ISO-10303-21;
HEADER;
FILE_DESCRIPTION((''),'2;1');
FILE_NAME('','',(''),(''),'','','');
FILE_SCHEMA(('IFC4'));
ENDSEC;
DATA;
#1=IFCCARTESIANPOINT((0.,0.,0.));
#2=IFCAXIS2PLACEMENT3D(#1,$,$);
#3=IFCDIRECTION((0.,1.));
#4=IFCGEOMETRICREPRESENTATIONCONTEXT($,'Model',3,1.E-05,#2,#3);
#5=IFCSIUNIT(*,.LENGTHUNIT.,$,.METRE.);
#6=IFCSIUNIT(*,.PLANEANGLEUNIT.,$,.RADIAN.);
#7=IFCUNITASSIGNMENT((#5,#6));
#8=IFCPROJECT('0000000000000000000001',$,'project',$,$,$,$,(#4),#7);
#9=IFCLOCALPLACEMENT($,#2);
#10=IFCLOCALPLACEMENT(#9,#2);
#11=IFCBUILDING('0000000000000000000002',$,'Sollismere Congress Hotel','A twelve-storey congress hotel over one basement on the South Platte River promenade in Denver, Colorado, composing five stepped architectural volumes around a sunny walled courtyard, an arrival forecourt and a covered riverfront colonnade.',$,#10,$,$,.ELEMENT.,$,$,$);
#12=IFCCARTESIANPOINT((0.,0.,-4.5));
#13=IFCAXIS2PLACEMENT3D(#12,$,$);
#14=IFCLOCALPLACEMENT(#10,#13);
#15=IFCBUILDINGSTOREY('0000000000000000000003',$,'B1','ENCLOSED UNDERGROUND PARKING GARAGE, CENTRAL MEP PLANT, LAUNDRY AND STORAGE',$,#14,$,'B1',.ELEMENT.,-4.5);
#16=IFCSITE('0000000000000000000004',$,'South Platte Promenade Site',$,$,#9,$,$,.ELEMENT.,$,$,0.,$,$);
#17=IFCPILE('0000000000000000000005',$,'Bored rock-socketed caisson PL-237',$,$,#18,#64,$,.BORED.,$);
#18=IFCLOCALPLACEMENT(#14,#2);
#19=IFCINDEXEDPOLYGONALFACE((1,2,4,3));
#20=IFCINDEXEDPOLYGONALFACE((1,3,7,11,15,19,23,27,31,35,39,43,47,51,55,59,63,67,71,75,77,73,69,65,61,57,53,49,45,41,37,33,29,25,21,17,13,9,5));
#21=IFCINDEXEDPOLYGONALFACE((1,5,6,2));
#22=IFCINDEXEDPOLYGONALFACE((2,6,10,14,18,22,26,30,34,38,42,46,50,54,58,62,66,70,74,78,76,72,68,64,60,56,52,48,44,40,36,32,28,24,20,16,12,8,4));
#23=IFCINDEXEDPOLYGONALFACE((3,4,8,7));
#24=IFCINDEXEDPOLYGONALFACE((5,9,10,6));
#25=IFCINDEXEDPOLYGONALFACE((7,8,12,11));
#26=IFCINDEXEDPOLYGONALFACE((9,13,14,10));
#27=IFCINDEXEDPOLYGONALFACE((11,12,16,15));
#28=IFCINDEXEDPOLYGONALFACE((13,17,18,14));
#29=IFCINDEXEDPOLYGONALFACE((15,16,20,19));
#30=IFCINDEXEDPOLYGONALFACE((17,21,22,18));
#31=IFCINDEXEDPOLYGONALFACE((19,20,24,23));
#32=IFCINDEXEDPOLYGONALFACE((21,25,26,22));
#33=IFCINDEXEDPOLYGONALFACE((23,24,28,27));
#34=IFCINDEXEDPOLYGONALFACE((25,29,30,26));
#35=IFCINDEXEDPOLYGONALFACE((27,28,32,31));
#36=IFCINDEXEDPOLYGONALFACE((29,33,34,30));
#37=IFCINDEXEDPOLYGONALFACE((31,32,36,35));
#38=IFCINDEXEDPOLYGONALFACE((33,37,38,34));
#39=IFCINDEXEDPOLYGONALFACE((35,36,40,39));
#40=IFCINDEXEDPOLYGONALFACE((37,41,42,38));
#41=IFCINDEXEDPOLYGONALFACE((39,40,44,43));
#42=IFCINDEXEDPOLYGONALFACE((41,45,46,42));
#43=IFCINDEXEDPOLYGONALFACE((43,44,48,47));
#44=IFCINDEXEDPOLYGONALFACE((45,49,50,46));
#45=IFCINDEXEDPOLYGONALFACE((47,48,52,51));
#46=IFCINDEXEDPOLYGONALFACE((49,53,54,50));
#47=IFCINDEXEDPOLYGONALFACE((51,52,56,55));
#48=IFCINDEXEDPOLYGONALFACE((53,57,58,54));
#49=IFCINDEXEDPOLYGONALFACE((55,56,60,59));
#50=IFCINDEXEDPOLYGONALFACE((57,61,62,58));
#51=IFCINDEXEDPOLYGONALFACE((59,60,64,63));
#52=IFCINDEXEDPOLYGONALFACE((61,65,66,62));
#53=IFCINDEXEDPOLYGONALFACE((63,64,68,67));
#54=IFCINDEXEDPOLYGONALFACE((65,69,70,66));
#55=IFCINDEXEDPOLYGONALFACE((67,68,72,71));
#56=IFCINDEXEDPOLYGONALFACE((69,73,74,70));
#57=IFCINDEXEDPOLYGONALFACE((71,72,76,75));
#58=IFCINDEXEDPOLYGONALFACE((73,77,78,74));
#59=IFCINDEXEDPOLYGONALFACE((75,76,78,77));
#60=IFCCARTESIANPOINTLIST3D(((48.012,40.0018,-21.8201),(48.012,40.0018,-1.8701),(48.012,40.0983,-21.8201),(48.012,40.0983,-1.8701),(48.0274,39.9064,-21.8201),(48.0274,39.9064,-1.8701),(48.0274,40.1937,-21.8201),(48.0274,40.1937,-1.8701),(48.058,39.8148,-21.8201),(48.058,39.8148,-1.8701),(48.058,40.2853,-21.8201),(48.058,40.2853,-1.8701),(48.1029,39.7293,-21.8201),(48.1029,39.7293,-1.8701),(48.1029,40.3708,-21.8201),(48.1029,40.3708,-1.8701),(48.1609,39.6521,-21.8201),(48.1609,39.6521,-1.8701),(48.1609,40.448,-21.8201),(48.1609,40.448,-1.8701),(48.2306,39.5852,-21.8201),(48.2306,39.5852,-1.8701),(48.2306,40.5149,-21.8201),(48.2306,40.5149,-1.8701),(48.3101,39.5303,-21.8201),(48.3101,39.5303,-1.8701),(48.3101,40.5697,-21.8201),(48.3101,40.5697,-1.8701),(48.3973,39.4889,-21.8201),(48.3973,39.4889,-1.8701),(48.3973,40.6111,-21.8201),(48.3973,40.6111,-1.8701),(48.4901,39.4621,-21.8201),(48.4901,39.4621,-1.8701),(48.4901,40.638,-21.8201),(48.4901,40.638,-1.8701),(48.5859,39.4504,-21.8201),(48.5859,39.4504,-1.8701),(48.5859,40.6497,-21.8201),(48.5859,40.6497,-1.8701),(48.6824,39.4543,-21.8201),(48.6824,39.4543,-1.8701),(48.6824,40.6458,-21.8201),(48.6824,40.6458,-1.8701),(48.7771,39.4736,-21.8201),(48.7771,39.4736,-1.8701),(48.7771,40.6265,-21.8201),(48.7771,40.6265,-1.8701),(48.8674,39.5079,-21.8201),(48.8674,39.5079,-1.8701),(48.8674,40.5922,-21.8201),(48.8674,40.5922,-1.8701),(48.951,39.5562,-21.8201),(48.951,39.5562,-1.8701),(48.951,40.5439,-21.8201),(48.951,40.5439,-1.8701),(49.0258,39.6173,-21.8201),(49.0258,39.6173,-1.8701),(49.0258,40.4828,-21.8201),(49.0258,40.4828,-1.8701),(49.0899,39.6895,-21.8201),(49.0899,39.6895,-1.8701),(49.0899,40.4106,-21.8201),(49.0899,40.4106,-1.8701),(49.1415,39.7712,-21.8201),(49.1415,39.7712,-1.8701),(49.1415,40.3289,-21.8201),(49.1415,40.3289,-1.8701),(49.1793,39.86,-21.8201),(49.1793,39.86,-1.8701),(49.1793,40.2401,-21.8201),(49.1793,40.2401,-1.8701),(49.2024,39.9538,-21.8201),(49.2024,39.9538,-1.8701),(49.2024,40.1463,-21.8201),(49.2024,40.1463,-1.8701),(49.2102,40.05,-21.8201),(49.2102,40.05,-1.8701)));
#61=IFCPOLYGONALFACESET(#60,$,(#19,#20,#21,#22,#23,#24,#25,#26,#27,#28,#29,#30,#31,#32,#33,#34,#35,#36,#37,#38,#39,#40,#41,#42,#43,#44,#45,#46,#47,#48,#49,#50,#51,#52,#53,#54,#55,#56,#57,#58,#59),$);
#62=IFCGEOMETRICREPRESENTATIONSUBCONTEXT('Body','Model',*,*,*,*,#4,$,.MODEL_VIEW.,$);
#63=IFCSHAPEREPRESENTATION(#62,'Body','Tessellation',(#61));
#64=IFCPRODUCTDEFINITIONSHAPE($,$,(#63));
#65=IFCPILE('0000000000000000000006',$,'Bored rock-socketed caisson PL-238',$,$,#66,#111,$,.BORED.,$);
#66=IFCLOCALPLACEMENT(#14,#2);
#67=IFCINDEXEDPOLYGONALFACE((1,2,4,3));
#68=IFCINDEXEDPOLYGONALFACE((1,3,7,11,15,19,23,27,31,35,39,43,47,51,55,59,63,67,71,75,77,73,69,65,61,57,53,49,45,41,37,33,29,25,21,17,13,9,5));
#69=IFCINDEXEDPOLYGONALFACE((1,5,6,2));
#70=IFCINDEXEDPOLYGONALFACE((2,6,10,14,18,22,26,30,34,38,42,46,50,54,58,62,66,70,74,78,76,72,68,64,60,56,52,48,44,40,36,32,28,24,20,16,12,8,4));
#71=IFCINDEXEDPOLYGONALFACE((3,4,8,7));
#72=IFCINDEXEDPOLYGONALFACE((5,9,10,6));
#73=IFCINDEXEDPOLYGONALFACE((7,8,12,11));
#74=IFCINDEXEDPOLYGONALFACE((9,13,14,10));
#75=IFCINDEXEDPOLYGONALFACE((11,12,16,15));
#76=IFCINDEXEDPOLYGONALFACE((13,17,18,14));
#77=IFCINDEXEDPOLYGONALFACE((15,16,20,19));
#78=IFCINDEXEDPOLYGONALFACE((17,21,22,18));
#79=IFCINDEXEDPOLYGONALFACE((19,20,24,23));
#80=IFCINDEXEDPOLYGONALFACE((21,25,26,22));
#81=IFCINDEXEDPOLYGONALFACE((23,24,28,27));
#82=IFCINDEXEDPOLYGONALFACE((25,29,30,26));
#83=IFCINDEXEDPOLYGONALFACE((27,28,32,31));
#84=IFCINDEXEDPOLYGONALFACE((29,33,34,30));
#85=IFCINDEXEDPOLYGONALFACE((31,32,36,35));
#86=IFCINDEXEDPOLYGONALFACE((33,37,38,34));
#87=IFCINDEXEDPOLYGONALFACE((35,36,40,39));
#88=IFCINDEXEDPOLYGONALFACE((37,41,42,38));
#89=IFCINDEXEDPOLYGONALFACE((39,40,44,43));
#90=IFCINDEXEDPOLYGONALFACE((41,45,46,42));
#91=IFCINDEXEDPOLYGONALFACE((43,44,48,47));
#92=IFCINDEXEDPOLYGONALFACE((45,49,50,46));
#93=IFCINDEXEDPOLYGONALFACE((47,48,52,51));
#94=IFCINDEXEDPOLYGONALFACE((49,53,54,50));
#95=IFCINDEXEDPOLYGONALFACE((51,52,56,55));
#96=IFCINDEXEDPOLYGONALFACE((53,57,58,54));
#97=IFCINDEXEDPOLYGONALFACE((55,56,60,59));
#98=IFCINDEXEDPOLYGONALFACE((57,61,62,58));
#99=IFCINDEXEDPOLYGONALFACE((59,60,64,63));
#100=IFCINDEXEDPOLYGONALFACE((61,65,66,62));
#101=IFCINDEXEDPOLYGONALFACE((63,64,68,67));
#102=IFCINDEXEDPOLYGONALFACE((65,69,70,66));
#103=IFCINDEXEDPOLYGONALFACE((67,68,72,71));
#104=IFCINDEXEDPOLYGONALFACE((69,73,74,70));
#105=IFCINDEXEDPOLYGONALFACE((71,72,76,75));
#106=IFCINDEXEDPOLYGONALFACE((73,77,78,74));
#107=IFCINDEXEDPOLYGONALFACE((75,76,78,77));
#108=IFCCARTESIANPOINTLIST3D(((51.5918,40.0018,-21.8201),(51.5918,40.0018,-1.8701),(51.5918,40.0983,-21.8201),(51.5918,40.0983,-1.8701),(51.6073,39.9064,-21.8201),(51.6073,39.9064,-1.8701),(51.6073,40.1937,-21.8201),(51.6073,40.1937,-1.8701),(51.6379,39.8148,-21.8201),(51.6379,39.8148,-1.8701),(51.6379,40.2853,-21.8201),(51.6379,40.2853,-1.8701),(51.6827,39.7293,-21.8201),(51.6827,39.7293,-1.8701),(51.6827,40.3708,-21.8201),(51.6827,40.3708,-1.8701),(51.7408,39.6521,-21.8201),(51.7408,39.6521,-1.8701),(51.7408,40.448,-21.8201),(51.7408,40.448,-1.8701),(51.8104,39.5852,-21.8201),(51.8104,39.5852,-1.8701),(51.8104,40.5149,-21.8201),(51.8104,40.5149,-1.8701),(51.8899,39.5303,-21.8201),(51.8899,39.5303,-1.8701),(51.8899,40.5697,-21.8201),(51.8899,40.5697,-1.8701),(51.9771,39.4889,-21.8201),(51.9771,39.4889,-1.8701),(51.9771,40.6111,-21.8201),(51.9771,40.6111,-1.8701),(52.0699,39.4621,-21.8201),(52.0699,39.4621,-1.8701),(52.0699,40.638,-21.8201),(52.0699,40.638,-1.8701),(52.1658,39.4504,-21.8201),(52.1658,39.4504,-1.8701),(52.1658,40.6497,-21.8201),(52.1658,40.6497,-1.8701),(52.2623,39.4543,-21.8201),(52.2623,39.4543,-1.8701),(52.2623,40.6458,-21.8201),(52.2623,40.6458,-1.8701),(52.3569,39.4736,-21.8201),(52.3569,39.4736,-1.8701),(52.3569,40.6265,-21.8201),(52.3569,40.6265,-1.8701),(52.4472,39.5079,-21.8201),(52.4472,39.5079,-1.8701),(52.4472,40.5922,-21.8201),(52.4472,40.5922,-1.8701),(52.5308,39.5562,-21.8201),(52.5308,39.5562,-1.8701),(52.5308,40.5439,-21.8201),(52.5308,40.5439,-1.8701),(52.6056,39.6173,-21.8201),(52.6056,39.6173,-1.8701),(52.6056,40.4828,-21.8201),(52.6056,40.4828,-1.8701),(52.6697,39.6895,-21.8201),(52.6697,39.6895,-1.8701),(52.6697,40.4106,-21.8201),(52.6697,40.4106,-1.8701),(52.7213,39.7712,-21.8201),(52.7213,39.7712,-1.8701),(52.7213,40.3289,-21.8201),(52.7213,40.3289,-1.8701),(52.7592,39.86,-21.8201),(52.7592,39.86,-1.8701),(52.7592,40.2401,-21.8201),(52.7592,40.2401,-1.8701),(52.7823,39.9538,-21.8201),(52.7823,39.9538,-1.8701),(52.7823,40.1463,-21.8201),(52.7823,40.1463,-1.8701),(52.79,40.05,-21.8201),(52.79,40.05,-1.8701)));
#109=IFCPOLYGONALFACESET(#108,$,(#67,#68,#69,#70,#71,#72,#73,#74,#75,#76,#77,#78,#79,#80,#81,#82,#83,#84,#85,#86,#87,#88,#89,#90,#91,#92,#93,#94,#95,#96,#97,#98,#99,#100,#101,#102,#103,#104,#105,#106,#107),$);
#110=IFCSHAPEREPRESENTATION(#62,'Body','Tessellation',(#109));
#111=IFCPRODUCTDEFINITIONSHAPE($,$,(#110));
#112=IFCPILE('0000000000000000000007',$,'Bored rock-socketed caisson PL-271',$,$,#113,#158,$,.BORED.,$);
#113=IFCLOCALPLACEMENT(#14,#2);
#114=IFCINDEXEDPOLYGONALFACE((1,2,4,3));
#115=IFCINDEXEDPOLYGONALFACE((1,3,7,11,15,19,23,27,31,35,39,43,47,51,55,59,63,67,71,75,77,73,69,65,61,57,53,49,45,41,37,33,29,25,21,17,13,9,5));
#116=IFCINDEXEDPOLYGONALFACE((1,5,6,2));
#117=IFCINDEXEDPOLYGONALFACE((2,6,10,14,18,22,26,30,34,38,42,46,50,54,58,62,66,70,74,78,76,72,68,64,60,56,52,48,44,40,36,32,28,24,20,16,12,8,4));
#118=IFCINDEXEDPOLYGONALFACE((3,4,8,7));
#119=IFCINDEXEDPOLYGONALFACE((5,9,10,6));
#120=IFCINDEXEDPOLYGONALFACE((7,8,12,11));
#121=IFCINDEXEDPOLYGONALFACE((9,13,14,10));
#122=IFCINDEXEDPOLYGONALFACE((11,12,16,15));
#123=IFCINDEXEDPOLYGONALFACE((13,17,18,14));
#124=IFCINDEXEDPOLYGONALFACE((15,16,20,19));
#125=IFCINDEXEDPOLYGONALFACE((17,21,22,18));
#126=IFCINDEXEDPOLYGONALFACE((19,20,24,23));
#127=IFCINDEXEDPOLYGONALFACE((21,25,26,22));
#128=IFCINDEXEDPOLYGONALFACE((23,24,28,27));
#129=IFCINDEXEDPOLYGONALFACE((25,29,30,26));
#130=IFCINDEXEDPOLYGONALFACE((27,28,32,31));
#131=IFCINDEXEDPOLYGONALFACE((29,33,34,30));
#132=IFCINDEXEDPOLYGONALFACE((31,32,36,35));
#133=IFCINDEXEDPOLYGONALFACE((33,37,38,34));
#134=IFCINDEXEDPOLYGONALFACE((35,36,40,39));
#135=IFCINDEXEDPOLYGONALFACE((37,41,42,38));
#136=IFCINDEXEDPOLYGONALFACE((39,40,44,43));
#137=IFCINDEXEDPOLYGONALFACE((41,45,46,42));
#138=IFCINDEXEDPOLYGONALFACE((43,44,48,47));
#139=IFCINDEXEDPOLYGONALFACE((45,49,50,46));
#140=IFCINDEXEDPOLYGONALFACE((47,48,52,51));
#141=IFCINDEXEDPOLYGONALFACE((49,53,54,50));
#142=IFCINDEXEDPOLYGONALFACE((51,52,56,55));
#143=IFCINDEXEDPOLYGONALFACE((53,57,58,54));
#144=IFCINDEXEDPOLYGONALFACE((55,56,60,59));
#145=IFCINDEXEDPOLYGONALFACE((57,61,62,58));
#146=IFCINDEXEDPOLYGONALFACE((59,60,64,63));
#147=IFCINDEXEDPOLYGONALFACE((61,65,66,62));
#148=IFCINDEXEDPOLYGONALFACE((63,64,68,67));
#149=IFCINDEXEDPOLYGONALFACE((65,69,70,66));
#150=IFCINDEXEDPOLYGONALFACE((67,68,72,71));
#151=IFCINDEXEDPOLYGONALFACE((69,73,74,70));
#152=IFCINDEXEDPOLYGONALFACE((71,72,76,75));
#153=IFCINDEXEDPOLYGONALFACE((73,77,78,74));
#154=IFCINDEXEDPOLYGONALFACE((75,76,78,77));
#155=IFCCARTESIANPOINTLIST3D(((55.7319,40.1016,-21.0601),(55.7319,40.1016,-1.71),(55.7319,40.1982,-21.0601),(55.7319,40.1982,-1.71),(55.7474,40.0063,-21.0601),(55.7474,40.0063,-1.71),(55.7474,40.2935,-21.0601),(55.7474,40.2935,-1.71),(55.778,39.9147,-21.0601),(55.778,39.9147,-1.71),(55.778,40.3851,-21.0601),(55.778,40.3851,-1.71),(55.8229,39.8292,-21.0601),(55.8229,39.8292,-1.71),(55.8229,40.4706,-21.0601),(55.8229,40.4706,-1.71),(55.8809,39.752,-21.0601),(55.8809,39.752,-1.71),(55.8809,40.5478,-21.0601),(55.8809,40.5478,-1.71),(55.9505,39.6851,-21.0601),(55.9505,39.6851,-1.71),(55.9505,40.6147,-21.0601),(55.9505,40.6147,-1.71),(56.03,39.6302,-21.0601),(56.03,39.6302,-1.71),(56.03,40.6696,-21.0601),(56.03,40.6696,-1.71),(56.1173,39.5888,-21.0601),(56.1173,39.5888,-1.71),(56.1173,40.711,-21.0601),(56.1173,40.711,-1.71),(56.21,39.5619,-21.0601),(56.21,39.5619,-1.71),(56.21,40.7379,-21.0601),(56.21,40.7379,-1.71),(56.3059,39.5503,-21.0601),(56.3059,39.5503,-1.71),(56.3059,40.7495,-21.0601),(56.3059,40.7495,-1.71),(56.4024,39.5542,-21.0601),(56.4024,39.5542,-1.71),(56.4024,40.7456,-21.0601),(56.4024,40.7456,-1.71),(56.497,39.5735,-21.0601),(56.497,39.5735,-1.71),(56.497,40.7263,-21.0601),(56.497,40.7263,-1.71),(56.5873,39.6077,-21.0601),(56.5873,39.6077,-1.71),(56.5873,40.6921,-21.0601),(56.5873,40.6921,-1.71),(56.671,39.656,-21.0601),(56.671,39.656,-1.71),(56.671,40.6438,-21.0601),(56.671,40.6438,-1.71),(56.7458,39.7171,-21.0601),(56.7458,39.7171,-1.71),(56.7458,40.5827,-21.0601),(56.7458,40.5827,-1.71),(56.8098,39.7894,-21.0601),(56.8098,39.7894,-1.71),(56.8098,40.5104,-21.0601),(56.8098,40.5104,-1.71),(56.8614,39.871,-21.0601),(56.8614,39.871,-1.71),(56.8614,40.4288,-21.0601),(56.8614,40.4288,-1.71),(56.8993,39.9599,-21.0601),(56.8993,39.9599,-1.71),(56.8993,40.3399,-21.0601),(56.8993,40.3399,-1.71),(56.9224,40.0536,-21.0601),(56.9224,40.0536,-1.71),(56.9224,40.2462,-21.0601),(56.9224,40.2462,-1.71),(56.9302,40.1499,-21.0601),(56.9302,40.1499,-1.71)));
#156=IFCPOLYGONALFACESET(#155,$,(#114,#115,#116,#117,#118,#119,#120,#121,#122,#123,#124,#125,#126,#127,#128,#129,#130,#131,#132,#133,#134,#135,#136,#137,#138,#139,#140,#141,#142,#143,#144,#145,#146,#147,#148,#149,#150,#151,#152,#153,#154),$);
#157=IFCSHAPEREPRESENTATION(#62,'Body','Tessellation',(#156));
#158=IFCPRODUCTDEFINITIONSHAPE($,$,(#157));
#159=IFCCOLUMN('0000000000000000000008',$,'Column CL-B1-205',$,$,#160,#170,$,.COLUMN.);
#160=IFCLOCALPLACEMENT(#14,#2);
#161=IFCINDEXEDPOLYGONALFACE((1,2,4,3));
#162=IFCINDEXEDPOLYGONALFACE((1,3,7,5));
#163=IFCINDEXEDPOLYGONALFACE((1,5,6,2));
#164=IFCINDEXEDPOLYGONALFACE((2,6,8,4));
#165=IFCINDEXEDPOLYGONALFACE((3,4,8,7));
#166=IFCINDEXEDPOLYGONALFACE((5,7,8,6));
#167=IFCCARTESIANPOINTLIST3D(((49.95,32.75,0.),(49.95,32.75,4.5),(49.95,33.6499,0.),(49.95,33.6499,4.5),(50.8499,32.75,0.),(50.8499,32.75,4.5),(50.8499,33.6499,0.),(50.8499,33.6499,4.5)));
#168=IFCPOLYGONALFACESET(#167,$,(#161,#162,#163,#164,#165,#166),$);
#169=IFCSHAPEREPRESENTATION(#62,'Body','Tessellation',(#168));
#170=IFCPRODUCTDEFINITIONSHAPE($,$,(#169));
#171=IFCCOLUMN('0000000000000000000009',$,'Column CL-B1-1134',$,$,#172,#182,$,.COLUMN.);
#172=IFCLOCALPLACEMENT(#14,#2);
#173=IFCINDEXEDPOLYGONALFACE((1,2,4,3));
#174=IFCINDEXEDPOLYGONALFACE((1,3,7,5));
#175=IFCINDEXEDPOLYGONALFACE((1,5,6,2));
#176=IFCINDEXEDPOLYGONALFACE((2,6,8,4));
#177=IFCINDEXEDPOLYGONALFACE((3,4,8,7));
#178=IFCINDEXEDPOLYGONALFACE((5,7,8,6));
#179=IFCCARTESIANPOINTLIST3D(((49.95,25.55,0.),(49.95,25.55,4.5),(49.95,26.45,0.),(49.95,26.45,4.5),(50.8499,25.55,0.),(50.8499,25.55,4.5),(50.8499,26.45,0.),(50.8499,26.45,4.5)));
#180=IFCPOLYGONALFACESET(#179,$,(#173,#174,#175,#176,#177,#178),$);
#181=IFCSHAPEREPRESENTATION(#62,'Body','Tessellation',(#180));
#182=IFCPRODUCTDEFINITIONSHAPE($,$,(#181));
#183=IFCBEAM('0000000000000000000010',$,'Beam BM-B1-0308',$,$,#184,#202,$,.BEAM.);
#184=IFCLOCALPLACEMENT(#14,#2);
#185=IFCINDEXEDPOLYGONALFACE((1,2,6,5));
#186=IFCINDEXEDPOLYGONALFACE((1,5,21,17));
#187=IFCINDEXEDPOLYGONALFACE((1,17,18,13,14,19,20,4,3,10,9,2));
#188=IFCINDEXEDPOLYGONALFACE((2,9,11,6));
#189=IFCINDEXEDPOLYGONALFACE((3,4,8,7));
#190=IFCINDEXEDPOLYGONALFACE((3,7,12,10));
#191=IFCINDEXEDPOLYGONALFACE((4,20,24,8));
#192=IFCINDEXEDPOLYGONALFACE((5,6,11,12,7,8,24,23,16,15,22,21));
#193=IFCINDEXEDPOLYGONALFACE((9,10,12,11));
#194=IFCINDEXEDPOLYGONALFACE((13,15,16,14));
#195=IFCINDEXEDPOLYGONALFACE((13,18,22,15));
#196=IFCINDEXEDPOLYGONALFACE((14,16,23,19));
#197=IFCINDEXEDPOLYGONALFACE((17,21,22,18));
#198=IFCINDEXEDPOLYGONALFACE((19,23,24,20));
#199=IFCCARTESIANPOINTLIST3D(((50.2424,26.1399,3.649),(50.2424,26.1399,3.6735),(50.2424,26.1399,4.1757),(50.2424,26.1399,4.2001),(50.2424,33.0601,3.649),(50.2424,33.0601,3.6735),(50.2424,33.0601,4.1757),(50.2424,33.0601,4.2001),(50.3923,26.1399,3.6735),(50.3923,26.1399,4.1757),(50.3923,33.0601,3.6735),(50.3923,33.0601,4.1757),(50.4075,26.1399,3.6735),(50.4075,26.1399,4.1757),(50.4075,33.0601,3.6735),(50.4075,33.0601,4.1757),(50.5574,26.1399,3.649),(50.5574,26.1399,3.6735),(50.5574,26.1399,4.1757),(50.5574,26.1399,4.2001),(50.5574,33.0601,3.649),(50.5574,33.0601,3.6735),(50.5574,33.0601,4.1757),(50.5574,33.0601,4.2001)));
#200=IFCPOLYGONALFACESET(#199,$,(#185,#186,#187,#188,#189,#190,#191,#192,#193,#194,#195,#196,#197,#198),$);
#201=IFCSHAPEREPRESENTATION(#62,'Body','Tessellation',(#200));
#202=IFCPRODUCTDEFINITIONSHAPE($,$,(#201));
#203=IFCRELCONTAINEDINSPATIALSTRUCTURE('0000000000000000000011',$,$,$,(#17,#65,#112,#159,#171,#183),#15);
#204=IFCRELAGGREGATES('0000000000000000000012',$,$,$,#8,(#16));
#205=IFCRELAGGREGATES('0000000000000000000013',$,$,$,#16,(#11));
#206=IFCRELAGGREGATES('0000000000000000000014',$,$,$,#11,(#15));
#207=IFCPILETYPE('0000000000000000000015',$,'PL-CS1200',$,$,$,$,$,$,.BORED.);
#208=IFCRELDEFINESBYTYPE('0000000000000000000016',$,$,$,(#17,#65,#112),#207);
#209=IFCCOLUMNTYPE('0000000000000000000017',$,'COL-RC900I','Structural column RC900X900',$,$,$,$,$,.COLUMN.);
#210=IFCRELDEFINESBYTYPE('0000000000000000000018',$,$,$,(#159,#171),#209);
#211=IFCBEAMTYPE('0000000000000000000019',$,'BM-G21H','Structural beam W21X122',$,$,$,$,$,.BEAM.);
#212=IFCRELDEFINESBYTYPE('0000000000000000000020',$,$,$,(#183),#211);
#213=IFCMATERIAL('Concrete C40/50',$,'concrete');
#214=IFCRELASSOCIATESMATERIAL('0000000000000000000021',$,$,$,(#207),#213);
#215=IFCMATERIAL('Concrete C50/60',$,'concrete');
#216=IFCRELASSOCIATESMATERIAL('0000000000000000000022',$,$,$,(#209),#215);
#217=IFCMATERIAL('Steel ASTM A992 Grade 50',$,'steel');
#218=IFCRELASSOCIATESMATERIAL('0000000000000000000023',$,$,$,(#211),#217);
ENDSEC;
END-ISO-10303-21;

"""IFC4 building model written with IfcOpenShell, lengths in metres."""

from ifc_helpers import new_model, si_unit, direction, frame, origin, origin_2d, place, context, subcontext, project, spatial, rectangle, circle, i_section, extrude, material, material_profile, profile_set, type_object, element, save


model = new_model("IFC4")

# Units and contexts
model_context = context("Model", 3, precision=1e-05, world=origin(), true_north=direction((0.0, 1.0)))
body_context = subcontext(model_context, "Body", "Model", "MODEL_VIEW")
ifc_project = project(units=[si_unit("LENGTHUNIT", "METRE"), si_unit("PLANEANGLEUNIT", "RADIAN")], contexts=[model_context])

# Site, building, storey
site_placement = place(None, origin())
site = spatial("IfcSite", under=ifc_project, at=site_placement, Name="South Platte Promenade Site", CompositionType="ELEMENT", RefElevation=0.0)
building_placement = place(site_placement, origin())
building = spatial("IfcBuilding", under=site, at=building_placement, Name="Sollismere Congress Hotel", Description="A twelve-storey congress hotel over one basement on the South Platte River promenade in Denver, Colorado, composing five stepped architectural volumes around a sunny walled courtyard, an arrival forecourt and a covered riverfront colonnade.", CompositionType="ELEMENT")
storey_placement = place(building_placement, frame((0.0, 0.0, -4.5)))
storey = spatial("IfcBuildingStorey", under=building, at=storey_placement, Name="B1", Description="ENCLOSED UNDERGROUND PARKING GARAGE, CENTRAL MEP PLANT, LAUNDRY AND STORAGE", LongName="B1", CompositionType="ELEMENT", Elevation=-4.5)

# Shared definitions
ifc_material_1 = material(Name="Concrete C40/50", Category="concrete")

# Piles
ifc_material_profile_1 = material_profile(ifc_material_1, circle(Radius=0.6001, at=origin_2d()), Name="CAISSON1200")
ifc_profile_set_1 = profile_set([ifc_material_profile_1], Name="Concrete C40/50")
pile_type = type_object("IfcPileType", Name="PL-CS1200", PredefinedType="BORED", material=ifc_profile_set_1)
for number, where, z_axis, x_axis, name in (
    (1, (48.6101, 40.05, -1.8701), (0.0, 0.0, -1.0), (1.0, 0.0, 0.0), "Bored rock-socketed caisson PL-237"),
    (2, (52.1899, 40.05, -1.8701), (0.0, 0.0, -1.0), (1.0, 0.0, 0.0), "Bored rock-socketed caisson PL-238"),
):
    element("IfcPile", number, at=place(storey_placement, frame(where, z_axis=z_axis, x_axis=x_axis)), inside=storey, type_object=pile_type, Name=name, PredefinedType="BORED", context=body_context, shape_type="SweptSolid", body=[
        extrude(circle(Radius=0.6001, at=origin_2d()), origin(), (0.0, 0.0, 1.0), 19.95),
    ])
pile_placement = place(storey_placement, frame((56.3301, 40.1499, -1.71), z_axis=(0.0, 0.0, -1.0), x_axis=(1.0, 0.0, 0.0)))
element("IfcPile", 3, at=pile_placement, inside=storey, type_object=pile_type, Name="Bored rock-socketed caisson PL-271", PredefinedType="BORED", context=body_context, shape_type="SweptSolid", body=[
    extrude(circle(Radius=0.6001, at=origin_2d()), origin(), (0.0, 0.0, 1.0), 19.3501),
])

# Columns
ifc_material_2 = material(Name="Concrete C50/60", Category="concrete")
ifc_material_profile_2 = material_profile(ifc_material_2, rectangle(XDim=0.8999, YDim=0.8999, at=origin_2d()), Name="RC900X900")
ifc_profile_set_2 = profile_set([ifc_material_profile_2], Name="Concrete C50/60")
column_type = type_object("IfcColumnType", Name="COL-RC900I", Description="Structural column RC900X900", PredefinedType="COLUMN", material=ifc_profile_set_2)
for number, where, z_axis, x_axis, name in (
    (4, (50.3999, 33.2, 0.0), (0.0, 0.0, 1.0), (1.0, 0.0, 0.0), "Column CL-B1-205"),
    (5, (50.3999, 26.0, 0.0), (0.0, 0.0, 1.0), (1.0, 0.0, 0.0), "Column CL-B1-1134"),
):
    element("IfcColumn", number, at=place(storey_placement, frame(where, z_axis=z_axis, x_axis=x_axis)), inside=storey, type_object=column_type, Name=name, PredefinedType="COLUMN", context=body_context, shape_type="SweptSolid", body=[
        extrude(rectangle(XDim=0.8999, YDim=0.8999, at=origin_2d()), origin(), (0.0, 0.0, 1.0), 4.5),
    ])

# Beam
ifc_material_3 = material(Name="Steel ASTM A992 Grade 50", Category="steel")
ifc_material_profile_3 = material_profile(ifc_material_3, i_section(OverallWidth=0.3149, OverallDepth=0.551, WebThickness=0.0151, FlangeThickness=0.0244, at=origin_2d()), Name="W21X122")
ifc_profile_set_3 = profile_set([ifc_material_profile_3], Name="Steel ASTM A992 Grade 50")
beam_type_1 = type_object("IfcBeamType", Name="BM-G21H", Description="Structural beam W21X122", PredefinedType="BEAM", material=ifc_profile_set_3)
beam_1_placement = place(storey_placement, frame((50.3999, 26.1399, 3.9246), z_axis=(0.0, 1.0, 0.0), x_axis=(-1.0, 0.0, 0.0)))
element("IfcBeam", 6, at=beam_1_placement, inside=storey, type_object=beam_type_1, Name="Beam BM-B1-0308", PredefinedType="BEAM", context=body_context, shape_type="SweptSolid", body=[
    extrude(i_section(OverallWidth=0.3149, OverallDepth=0.551, WebThickness=0.0151, FlangeThickness=0.0244, at=origin_2d()), origin(), (0.0, 0.0, 1.0), 6.9202),
])

save(model, "model.ifc")
